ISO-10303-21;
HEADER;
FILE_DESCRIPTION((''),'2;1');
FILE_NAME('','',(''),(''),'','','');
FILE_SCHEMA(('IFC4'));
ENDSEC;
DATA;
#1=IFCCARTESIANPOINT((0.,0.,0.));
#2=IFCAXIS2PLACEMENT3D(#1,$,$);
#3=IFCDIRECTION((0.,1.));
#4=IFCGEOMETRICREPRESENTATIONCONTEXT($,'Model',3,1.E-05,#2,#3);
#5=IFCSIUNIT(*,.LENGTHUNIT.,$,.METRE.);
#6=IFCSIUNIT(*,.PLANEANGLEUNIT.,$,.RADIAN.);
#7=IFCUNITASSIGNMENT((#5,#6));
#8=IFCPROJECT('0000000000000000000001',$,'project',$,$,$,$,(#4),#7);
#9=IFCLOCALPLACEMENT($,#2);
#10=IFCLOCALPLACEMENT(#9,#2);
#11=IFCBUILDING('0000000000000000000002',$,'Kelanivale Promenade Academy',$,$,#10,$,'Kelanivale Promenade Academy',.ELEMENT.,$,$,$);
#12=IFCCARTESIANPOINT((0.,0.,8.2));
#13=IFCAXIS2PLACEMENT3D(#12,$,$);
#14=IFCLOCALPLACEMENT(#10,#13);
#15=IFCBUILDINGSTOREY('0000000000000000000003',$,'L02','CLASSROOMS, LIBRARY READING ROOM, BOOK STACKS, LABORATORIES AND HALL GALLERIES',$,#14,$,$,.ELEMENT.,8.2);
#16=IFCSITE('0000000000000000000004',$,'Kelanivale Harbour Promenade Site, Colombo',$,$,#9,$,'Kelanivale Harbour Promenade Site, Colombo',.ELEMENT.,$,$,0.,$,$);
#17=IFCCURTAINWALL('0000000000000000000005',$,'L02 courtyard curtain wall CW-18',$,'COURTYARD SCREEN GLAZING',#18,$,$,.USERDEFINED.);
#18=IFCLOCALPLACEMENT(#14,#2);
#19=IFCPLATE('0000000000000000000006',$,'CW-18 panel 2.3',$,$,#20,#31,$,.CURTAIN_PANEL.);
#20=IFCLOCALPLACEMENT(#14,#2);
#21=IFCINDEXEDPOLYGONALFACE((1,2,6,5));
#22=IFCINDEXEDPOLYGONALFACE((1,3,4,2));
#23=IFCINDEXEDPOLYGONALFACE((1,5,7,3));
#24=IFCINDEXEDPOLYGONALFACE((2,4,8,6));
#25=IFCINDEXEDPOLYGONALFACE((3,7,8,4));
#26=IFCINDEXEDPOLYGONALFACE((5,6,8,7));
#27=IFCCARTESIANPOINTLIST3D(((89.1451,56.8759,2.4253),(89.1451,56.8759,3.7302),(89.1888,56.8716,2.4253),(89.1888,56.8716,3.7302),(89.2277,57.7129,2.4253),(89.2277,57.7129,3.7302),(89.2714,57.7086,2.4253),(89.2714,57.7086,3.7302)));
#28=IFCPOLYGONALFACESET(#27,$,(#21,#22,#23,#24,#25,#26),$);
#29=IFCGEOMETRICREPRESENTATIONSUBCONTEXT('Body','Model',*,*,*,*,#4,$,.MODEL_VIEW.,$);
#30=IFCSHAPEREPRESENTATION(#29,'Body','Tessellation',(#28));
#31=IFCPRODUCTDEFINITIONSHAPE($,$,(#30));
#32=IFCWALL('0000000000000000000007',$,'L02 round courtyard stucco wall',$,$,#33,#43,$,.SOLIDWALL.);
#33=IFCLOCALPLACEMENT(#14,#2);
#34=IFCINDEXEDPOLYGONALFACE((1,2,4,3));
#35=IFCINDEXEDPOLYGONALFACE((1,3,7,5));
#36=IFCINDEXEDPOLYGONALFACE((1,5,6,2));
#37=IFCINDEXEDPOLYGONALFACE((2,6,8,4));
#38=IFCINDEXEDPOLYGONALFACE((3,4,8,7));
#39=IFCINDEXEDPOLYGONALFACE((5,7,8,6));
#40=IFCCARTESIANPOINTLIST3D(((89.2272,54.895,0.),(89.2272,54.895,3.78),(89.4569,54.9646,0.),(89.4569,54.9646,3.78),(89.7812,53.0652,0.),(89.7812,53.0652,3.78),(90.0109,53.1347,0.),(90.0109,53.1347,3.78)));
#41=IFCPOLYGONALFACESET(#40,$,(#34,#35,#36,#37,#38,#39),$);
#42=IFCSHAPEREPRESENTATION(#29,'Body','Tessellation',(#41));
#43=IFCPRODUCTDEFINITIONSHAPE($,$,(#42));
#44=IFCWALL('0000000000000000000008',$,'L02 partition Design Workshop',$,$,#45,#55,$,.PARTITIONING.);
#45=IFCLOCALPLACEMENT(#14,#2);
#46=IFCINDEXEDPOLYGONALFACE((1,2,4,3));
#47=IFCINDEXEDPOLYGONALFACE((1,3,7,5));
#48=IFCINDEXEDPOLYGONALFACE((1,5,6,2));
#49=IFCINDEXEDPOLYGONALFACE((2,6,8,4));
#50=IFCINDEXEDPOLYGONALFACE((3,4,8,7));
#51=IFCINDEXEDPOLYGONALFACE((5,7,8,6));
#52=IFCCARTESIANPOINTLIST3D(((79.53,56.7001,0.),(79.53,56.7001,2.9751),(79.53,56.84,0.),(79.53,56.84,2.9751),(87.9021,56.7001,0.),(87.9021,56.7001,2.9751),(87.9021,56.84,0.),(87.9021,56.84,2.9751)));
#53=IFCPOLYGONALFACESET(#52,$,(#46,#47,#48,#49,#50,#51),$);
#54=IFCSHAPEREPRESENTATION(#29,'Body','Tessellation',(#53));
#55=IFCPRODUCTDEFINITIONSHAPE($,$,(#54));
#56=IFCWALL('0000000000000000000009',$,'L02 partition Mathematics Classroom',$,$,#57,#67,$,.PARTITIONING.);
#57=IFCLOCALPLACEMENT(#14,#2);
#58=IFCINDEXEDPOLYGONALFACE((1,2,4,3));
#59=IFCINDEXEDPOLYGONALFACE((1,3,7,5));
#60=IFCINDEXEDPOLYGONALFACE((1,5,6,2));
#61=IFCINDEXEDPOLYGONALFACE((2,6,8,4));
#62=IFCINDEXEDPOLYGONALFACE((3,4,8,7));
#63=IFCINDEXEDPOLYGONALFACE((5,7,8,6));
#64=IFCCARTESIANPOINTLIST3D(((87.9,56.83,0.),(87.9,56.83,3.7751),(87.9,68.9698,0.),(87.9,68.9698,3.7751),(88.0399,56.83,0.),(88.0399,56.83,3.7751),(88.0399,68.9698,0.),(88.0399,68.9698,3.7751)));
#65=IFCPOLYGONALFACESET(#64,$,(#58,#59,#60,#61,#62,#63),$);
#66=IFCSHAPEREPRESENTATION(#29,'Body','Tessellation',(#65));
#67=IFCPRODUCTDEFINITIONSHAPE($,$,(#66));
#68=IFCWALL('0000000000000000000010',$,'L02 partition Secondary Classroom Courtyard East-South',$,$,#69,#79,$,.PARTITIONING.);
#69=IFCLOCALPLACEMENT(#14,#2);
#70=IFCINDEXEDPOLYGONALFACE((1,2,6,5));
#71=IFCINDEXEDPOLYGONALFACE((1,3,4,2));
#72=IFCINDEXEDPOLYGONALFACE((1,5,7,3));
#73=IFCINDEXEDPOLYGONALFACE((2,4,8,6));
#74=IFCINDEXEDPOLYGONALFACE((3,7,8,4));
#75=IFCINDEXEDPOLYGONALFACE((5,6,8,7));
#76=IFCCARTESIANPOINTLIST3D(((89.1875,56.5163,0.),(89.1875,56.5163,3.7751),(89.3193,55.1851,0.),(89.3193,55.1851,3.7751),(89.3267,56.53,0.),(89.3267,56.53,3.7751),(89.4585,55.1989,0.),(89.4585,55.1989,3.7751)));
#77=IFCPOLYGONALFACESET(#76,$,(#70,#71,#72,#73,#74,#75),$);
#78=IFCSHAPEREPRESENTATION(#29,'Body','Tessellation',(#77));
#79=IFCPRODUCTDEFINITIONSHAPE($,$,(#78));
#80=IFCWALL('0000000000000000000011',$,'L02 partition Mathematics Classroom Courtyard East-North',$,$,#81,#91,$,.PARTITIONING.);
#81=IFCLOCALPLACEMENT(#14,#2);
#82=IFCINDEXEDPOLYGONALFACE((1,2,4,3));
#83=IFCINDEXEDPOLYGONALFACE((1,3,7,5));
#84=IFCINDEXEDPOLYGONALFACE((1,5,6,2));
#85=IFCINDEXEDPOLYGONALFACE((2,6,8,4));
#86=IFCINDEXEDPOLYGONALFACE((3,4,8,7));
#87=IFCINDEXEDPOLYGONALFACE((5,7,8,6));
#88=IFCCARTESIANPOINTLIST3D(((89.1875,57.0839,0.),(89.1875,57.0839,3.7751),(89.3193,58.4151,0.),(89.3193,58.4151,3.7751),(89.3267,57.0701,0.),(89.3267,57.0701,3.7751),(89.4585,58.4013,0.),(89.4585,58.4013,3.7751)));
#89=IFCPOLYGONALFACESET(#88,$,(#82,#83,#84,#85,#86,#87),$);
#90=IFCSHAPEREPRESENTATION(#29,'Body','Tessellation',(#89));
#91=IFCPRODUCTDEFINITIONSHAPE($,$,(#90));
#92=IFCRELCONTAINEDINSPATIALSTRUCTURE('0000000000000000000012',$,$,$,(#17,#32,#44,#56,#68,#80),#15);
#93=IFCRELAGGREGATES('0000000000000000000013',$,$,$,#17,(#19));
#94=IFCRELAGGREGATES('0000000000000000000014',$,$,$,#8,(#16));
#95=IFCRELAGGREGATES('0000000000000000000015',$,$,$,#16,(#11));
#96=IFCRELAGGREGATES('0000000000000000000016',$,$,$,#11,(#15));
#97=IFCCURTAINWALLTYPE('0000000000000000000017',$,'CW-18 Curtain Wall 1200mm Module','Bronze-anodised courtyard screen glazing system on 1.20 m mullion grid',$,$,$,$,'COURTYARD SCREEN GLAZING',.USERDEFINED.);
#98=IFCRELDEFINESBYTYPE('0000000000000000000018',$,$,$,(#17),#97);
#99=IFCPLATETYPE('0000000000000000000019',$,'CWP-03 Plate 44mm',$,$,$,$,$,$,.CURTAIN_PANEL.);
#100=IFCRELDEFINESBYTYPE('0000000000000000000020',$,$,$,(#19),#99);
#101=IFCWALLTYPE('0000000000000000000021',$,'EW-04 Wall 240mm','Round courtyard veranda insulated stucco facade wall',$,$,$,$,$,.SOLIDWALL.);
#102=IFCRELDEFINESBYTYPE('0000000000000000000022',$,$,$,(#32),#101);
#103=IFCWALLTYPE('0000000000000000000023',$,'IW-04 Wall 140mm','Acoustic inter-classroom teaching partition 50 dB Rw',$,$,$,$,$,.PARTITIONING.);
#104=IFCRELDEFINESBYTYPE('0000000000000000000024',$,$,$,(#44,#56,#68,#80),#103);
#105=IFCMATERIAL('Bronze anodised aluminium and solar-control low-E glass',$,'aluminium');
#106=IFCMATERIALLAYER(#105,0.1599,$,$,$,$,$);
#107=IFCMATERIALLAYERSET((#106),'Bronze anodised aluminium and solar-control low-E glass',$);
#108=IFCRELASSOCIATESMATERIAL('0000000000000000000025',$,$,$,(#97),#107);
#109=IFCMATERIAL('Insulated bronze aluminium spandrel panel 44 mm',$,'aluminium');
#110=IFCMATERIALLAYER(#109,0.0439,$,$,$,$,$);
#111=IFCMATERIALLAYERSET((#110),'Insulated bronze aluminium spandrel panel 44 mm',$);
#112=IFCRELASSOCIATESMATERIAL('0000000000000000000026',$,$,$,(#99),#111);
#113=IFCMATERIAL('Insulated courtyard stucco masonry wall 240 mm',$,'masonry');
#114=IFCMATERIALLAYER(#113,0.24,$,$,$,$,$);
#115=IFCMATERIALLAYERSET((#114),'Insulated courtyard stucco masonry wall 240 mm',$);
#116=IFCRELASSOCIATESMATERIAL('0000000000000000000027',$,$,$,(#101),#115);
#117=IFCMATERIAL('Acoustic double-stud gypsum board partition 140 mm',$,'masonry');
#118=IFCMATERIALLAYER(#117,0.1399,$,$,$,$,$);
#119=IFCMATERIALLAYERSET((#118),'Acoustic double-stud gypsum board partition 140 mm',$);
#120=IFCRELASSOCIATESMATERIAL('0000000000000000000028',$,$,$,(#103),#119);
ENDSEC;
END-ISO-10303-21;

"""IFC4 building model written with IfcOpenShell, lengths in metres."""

from ifc_helpers import new_model, si_unit, direction, frame, frame_2d, origin, origin_2d, place, context, subcontext, project, spatial, rectangle, extrude, material, layer, layer_set, type_object, element, aggregate, save


model = new_model("IFC4")

# Units and contexts
model_context = context("Model", 3, precision=1e-05, world=origin(), true_north=direction((0.0, 1.0)))
body_context = subcontext(model_context, "Body", "Model", "MODEL_VIEW")
ifc_project = project(units=[si_unit("LENGTHUNIT", "METRE"), si_unit("PLANEANGLEUNIT", "RADIAN")], contexts=[model_context])

# Site, building, storey
site_placement = place(None, origin())
site = spatial("IfcSite", under=ifc_project, at=site_placement, Name="Kelanivale Harbour Promenade Site, Colombo", LongName="Kelanivale Harbour Promenade Site, Colombo", CompositionType="ELEMENT", RefElevation=0.0)
building_placement = place(site_placement, origin())
building = spatial("IfcBuilding", under=site, at=building_placement, Name="Kelanivale Promenade Academy", LongName="Kelanivale Promenade Academy", CompositionType="ELEMENT")
storey_placement = place(building_placement, frame((0.0, 0.0, 8.2)))
storey = spatial("IfcBuildingStorey", under=building, at=storey_placement, Name="L02", Description="CLASSROOMS, LIBRARY READING ROOM, BOOK STACKS, LABORATORIES AND HALL GALLERIES", CompositionType="ELEMENT", Elevation=8.2)

# Curtain wall
ifc_material_1 = material(Name="Bronze anodised aluminium and solar-control low-E glass", Category="aluminium")
ifc_layer_1 = layer(ifc_material_1, 0.1599)
ifc_layer_set_1 = layer_set([ifc_layer_1], Name="Bronze anodised aluminium and solar-control low-E glass")
curtain_wall_type_1 = type_object("IfcCurtainWallType", Name="CW-18 Curtain Wall 1200mm Module", Description="Bronze-anodised courtyard screen glazing system on 1.20 m mullion grid", ElementType="COURTYARD SCREEN GLAZING", PredefinedType="USERDEFINED", material=ifc_layer_set_1)
curtain_wall_1_placement = place(storey_placement, origin())
curtain_wall_1 = element("IfcCurtainWall", 1, at=curtain_wall_1_placement, inside=storey, type_object=curtain_wall_type_1, Name="L02 courtyard curtain wall CW-18", ObjectType="COURTYARD SCREEN GLAZING", PredefinedType="USERDEFINED")

# Plate
ifc_material_2 = material(Name="Insulated bronze aluminium spandrel panel 44 mm", Category="aluminium")
ifc_layer_2 = layer(ifc_material_2, 0.0439)
ifc_layer_set_2 = layer_set([ifc_layer_2], Name="Insulated bronze aluminium spandrel panel 44 mm")
plate_type_1 = type_object("IfcPlateType", Name="CWP-03 Plate 44mm", PredefinedType="CURTAIN_PANEL", material=ifc_layer_set_2)
plate_1_placement = place(storey_placement, frame((89.2083, 57.2922, 2.4253), z_axis=(0.0, 0.0, 1.0), x_axis=(-0.098281, -0.995159, 0.0)))
plate_1 = element("IfcPlate", 2, at=plate_1_placement, type_object=plate_type_1, Name="CW-18 panel 2.3", PredefinedType="CURTAIN_PANEL", context=body_context, shape_type="SweptSolid", body=[
    extrude(rectangle(XDim=0.8411, YDim=0.0439, at=origin_2d()), origin(), (0.0, 0.0, 1.0), 1.3049),
])
aggregate(curtain_wall_1, [plate_1])

# Walls
ifc_material_3 = material(Name="Insulated courtyard stucco masonry wall 240 mm", Category="masonry")
ifc_layer_3 = layer(ifc_material_3, 0.24)
ifc_layer_set_3 = layer_set([ifc_layer_3], Name="Insulated courtyard stucco masonry wall 240 mm")
wall_type_1 = type_object("IfcWallType", Name="EW-04 Wall 240mm", Description="Round courtyard veranda insulated stucco facade wall", PredefinedType="SOLIDWALL", material=ifc_layer_set_3)
wall_1_placement = place(storey_placement, frame((89.342, 54.9299, 0.0), z_axis=(0.0, 0.0, 1.0), x_axis=(0.289749, -0.957103, 0.0)))
element("IfcWall", 3, at=wall_1_placement, inside=storey, type_object=wall_type_1, Name="L02 round courtyard stucco wall", PredefinedType="SOLIDWALL", context=body_context, shape_type="SweptSolid", body=[
    extrude(rectangle(XDim=1.9119, YDim=0.24, at=frame_2d((0.9561, 0.0))), origin(), (0.0, 0.0, 1.0), 3.78),
])
ifc_material_4 = material(Name="Acoustic double-stud gypsum board partition 140 mm", Category="masonry")
ifc_layer_4 = layer(ifc_material_4, 0.1399)
ifc_layer_set_4 = layer_set([ifc_layer_4], Name="Acoustic double-stud gypsum board partition 140 mm")
wall_type_2 = type_object("IfcWallType", Name="IW-04 Wall 140mm", Description="Acoustic inter-classroom teaching partition 50 dB Rw", PredefinedType="PARTITIONING", material=ifc_layer_set_4)
wall_2_placement = place(storey_placement, frame((87.9021, 56.77, 0.0), z_axis=(0.0, 0.0, 1.0), x_axis=(-1.0, 0.0, 0.0)))
element("IfcWall", 4, at=wall_2_placement, inside=storey, type_object=wall_type_2, Name="L02 partition Design Workshop", PredefinedType="PARTITIONING", context=body_context, shape_type="SweptSolid", body=[
    extrude(rectangle(XDim=8.3721, YDim=0.1399, at=frame_2d((4.186, 0.0))), origin(), (0.0, 0.0, 1.0), 2.9751),
])
wall_3_placement = place(storey_placement, frame((87.97, 56.8301, 0.0), z_axis=(0.0, 0.0, 1.0), x_axis=(0.0, 1.0, 0.0)))
element("IfcWall", 5, at=wall_3_placement, inside=storey, type_object=wall_type_2, Name="L02 partition Mathematics Classroom", PredefinedType="PARTITIONING", context=body_context, shape_type="SweptSolid", body=[
    extrude(rectangle(XDim=12.1399, YDim=0.1399, at=frame_2d((6.0698, 0.0))), origin(), (0.0, 0.0, 1.0), 3.7751),
])
for number, where, z_axis, x_axis, name in (
    (6, (89.3889, 55.1919, 0.0), (0.0, 0.0, 1.0), (-0.098564, 0.995131, 0.0), "L02 partition Secondary Classroom Courtyard East-South"),
    (7, (89.2571, 57.0769, 0.0), (0.0, 0.0, 1.0), (0.098564, 0.995131, 0.0), "L02 partition Mathematics Classroom Courtyard East-North"),
):
    element("IfcWall", number, at=place(storey_placement, frame(where, z_axis=z_axis, x_axis=x_axis)), inside=storey, type_object=wall_type_2, Name=name, PredefinedType="PARTITIONING", context=body_context, shape_type="SweptSolid", body=[
        extrude(rectangle(XDim=1.3376, YDim=0.1399, at=frame_2d((0.6689, 0.0))), origin(), (0.0, 0.0, 1.0), 3.7751),
    ])

save(model, "model.ifc")
